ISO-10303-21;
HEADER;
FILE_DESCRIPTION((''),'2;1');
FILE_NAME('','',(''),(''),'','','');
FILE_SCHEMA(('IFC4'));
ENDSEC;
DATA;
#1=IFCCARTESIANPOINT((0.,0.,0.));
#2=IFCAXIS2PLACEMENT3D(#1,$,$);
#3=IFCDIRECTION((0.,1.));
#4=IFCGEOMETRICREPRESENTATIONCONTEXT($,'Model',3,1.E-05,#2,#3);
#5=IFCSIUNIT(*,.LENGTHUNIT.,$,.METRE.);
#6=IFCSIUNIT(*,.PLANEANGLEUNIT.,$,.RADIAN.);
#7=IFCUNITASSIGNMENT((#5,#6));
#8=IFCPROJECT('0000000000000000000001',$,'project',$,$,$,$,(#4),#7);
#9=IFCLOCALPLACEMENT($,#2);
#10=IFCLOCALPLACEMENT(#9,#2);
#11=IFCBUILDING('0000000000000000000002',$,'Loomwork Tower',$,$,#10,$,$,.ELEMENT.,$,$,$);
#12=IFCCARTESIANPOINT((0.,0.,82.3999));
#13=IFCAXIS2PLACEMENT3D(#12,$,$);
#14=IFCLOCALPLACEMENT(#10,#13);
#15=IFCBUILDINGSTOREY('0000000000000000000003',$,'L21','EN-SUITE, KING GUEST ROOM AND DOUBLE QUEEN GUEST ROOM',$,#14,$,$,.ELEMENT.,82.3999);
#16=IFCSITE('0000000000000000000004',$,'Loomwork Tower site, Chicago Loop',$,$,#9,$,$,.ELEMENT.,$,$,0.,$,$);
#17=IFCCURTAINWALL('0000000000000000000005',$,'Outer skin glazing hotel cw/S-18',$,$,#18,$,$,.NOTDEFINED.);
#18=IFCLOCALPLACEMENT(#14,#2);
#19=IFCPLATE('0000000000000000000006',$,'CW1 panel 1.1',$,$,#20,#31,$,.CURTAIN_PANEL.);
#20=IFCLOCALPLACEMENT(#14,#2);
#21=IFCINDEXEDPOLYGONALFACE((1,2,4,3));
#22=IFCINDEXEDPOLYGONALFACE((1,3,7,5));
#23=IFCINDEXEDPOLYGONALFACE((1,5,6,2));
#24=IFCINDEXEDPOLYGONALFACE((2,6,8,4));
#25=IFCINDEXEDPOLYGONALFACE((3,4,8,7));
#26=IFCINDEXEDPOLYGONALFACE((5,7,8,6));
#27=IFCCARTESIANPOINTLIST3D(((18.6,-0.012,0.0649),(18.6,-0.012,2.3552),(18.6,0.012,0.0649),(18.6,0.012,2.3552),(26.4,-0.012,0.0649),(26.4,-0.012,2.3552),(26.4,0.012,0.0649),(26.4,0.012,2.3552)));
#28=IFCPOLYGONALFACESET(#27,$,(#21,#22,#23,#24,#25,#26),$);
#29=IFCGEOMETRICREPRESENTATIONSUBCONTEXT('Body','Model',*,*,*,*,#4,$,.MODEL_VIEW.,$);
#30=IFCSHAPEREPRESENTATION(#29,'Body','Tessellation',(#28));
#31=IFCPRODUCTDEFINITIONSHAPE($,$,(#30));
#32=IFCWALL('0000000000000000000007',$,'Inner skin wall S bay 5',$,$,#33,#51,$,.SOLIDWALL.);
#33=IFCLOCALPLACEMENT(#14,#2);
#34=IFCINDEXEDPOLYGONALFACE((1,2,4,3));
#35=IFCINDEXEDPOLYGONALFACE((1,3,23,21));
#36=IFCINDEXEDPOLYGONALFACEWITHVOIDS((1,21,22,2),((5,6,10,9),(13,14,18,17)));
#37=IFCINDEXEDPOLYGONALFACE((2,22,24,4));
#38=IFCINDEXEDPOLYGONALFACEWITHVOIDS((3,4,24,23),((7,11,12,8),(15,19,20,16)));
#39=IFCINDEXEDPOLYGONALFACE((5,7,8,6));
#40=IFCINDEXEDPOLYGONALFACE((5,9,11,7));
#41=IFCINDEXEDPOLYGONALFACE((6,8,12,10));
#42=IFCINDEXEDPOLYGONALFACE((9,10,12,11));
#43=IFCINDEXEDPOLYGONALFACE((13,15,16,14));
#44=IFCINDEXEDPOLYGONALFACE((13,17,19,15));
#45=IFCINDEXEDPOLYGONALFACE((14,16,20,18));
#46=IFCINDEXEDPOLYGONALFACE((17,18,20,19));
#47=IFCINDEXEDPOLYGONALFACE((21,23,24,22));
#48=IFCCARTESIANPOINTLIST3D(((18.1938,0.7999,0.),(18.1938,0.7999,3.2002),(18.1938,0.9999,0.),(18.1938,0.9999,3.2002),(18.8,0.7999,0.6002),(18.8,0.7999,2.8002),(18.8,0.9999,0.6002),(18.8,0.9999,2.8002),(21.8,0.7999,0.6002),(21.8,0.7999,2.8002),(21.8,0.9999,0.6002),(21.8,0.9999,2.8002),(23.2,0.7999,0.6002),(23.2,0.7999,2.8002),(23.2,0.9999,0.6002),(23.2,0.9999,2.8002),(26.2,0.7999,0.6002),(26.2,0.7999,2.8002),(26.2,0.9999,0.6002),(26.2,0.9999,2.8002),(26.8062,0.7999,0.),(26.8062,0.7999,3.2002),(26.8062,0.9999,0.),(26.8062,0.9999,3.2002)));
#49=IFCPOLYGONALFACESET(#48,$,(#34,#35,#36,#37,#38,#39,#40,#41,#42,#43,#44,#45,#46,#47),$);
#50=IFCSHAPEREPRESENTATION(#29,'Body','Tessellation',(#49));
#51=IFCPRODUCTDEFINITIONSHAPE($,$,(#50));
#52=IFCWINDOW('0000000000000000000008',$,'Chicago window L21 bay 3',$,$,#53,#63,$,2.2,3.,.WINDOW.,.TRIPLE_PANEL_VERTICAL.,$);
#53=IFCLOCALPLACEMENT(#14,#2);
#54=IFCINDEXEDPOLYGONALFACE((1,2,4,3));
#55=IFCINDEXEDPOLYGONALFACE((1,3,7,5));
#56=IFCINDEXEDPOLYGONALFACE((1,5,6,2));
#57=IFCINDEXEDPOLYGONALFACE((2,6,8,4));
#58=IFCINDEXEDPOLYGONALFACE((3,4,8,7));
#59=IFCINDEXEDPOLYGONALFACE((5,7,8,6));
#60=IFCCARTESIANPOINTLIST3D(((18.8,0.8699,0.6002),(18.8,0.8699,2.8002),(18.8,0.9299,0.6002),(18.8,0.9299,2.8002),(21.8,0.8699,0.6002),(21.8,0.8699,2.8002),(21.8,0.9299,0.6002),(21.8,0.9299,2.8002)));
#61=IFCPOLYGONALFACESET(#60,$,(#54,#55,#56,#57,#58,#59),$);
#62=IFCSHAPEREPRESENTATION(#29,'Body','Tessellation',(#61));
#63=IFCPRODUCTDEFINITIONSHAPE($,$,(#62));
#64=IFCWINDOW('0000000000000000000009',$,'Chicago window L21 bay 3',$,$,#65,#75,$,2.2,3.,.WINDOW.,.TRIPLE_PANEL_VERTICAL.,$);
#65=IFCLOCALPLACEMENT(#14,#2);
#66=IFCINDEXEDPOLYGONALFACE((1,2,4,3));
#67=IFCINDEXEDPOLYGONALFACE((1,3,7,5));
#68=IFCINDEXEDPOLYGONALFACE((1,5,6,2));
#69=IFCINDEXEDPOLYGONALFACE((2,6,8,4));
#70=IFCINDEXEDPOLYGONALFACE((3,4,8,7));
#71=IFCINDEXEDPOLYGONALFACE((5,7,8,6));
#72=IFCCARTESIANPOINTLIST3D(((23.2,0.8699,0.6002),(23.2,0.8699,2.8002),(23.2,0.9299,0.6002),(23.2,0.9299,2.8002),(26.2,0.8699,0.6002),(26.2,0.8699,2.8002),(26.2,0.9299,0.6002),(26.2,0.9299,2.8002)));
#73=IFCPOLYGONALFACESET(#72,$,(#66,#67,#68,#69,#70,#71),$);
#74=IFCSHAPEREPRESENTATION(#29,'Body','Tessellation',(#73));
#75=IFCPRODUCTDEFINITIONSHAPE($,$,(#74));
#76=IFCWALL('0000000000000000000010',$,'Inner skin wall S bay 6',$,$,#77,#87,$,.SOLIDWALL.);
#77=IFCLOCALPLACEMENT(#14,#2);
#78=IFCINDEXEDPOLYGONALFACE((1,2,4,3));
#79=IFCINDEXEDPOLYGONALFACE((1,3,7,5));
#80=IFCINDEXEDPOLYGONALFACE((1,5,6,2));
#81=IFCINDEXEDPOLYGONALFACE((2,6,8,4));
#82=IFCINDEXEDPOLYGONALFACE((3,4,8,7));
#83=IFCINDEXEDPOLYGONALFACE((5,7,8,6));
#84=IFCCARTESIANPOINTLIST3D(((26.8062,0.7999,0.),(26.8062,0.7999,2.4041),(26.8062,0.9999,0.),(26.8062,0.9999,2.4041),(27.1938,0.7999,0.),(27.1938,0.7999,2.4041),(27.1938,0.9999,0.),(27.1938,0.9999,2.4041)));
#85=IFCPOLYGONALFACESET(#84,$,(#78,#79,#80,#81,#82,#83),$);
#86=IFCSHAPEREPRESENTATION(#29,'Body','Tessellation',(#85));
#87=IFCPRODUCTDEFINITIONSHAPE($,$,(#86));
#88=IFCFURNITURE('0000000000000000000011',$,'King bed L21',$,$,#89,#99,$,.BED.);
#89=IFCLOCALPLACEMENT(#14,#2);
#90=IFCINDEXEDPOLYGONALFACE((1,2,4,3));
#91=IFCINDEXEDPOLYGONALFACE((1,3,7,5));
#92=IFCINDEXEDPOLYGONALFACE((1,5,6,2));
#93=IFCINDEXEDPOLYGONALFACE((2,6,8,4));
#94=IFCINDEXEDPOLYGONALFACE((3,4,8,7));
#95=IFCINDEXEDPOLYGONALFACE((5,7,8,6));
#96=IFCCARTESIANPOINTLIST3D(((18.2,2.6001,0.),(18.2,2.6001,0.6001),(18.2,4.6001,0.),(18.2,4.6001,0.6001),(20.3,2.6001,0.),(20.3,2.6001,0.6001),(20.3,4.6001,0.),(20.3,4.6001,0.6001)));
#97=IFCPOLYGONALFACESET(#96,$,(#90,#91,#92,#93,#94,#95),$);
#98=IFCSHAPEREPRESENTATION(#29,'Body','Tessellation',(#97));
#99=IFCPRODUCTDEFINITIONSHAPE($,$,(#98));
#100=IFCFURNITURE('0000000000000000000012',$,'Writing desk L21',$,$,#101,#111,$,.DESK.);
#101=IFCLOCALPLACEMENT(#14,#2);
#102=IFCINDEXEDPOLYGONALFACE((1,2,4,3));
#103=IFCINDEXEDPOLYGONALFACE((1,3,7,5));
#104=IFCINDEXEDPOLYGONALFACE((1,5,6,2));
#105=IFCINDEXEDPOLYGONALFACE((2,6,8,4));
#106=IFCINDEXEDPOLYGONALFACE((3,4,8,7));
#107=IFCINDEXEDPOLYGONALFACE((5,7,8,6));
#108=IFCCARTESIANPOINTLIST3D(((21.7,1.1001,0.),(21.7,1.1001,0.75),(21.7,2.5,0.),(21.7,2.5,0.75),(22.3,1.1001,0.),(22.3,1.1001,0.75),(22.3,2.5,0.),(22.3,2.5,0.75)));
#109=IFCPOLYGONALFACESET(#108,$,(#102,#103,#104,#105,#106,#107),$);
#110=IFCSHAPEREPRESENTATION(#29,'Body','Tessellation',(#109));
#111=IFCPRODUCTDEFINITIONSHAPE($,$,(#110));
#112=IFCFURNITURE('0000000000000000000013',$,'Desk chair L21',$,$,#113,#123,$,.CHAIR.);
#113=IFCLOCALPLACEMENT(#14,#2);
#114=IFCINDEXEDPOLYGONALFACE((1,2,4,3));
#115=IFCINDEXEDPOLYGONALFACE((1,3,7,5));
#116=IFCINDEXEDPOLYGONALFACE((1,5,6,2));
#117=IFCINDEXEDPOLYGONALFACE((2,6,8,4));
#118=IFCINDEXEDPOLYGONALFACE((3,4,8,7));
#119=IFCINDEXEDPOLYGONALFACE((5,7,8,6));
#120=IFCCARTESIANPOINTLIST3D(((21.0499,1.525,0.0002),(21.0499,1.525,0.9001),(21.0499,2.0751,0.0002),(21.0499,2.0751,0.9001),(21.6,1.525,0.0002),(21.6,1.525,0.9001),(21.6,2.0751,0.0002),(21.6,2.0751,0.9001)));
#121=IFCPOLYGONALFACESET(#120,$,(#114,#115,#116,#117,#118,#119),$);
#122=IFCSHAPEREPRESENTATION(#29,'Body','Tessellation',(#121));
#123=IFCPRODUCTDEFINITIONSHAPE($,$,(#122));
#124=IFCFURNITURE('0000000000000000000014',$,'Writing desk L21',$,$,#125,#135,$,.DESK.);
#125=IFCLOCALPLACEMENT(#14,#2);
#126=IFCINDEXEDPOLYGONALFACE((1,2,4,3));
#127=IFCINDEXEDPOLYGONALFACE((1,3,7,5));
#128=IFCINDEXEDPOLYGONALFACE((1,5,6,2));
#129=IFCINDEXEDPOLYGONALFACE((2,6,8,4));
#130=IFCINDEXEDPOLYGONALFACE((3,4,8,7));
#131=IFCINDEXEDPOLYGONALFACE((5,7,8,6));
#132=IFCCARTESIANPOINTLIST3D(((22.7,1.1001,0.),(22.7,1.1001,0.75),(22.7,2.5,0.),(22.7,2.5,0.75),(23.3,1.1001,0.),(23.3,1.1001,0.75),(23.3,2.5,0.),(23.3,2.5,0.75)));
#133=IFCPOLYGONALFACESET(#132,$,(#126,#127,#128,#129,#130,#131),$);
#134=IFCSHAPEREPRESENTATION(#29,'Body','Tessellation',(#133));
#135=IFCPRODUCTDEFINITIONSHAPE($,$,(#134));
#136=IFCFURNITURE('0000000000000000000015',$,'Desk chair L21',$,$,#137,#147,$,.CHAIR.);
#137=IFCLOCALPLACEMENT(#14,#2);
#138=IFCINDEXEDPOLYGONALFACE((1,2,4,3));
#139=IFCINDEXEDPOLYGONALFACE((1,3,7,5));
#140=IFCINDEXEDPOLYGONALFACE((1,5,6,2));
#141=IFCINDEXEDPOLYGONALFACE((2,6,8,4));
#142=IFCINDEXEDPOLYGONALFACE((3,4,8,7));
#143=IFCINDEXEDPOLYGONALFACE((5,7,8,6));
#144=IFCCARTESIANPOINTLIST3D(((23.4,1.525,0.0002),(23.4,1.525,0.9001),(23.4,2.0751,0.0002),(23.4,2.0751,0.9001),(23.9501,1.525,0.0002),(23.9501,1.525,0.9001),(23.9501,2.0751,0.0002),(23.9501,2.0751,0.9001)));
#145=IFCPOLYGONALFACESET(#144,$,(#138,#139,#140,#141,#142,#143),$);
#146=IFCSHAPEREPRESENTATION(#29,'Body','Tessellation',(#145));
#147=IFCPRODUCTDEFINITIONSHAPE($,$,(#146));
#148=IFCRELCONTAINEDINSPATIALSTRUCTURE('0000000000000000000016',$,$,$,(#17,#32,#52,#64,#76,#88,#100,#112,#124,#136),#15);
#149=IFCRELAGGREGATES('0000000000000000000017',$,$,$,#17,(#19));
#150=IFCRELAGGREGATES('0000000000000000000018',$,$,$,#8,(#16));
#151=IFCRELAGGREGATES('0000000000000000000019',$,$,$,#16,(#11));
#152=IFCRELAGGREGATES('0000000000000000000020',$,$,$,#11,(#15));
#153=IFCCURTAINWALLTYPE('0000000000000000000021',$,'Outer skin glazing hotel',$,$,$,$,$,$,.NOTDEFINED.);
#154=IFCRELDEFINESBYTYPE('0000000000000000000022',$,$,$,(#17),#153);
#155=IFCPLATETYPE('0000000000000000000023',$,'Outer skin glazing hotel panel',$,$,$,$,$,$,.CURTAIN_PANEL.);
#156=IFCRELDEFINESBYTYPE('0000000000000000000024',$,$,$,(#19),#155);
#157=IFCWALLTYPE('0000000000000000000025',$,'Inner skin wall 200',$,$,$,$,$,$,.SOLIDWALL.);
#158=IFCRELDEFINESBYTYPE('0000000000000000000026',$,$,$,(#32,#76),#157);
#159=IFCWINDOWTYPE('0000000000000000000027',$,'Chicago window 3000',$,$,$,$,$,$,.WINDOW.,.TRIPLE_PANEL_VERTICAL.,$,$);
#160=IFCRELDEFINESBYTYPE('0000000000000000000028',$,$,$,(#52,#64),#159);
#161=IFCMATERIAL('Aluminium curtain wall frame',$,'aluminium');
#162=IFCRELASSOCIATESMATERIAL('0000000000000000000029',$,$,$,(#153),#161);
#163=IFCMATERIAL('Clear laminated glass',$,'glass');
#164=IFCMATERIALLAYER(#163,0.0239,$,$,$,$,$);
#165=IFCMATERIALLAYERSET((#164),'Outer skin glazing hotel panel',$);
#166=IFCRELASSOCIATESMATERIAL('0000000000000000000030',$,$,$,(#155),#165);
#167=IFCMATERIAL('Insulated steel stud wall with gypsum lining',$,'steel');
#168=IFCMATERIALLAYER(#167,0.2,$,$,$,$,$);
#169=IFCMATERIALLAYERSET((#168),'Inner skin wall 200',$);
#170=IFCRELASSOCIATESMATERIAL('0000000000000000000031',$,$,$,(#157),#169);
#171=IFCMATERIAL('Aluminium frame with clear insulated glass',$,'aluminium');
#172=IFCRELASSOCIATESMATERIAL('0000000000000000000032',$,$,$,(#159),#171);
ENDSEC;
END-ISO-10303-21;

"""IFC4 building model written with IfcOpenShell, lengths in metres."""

from ifc_helpers import new_model, si_unit, direction, frame, frame_2d, origin, origin_2d, place, context, subcontext, project, spatial, rectangle, extrude, material, layer, layer_set, type_object, element, fill, aggregate, save


model = new_model("IFC4")

# Units and contexts
model_context = context("Model", 3, precision=1e-05, world=origin(), true_north=direction((0.0, 1.0)))
body_context = subcontext(model_context, "Body", "Model", "MODEL_VIEW")
ifc_project = project(units=[si_unit("LENGTHUNIT", "METRE"), si_unit("PLANEANGLEUNIT", "RADIAN")], contexts=[model_context])

# Site, building, storey
site_placement = place(None, origin())
site = spatial("IfcSite", under=ifc_project, at=site_placement, Name="Loomwork Tower site, Chicago Loop", CompositionType="ELEMENT", RefElevation=0.0)
building_placement = place(site_placement, origin())
building = spatial("IfcBuilding", under=site, at=building_placement, Name="Loomwork Tower", CompositionType="ELEMENT")
storey_placement = place(building_placement, frame((0.0, 0.0, 82.3999)))
storey = spatial("IfcBuildingStorey", under=building, at=storey_placement, Name="L21", Description="EN-SUITE, KING GUEST ROOM AND DOUBLE QUEEN GUEST ROOM", CompositionType="ELEMENT", Elevation=82.3999)

# Curtain wall
ifc_material_1 = material(Name="Aluminium curtain wall frame", Category="aluminium")
curtain_wall_type = type_object("IfcCurtainWallType", Name="Outer skin glazing hotel", PredefinedType="NOTDEFINED", material=ifc_material_1)
curtain_wall_placement = place(storey_placement, origin())
curtain_wall = element("IfcCurtainWall", 1, at=curtain_wall_placement, inside=storey, type_object=curtain_wall_type, Name="Outer skin glazing hotel cw/S-18", PredefinedType="NOTDEFINED")

# Plate
ifc_material_2 = material(Name="Clear laminated glass", Category="glass")
ifc_layer_1 = layer(ifc_material_2, 0.0239)
ifc_layer_set_1 = layer_set([ifc_layer_1], Name="Outer skin glazing hotel panel")
plate_type = type_object("IfcPlateType", Name="Outer skin glazing hotel panel", PredefinedType="CURTAIN_PANEL", material=ifc_layer_set_1)
plate_placement = place(storey_placement, frame((22.5, 0.0, 0.0649), z_axis=(0.0, 0.0, 1.0), x_axis=(1.0, 0.0, 0.0)))
plate = element("IfcPlate", 2, at=plate_placement, type_object=plate_type, Name="CW1 panel 1.1", PredefinedType="CURTAIN_PANEL", context=body_context, shape_type="SweptSolid", body=[
    extrude(rectangle(XDim=7.8, YDim=0.0239, at=origin_2d()), origin(), (0.0, 0.0, 1.0), 2.2903),
])
aggregate(curtain_wall, [plate])

# Wall, openings, windows
ifc_material_3 = material(Name="Insulated steel stud wall with gypsum lining", Category="steel")
ifc_layer_2 = layer(ifc_material_3, 0.2)
ifc_layer_set_2 = layer_set([ifc_layer_2], Name="Inner skin wall 200")
wall_type = type_object("IfcWallType", Name="Inner skin wall 200", PredefinedType="SOLIDWALL", material=ifc_layer_set_2)
wall_1_placement = place(storey_placement, frame((18.1938, 0.8999, 0.0), z_axis=(0.0, 0.0, 1.0), x_axis=(1.0, 0.0, 0.0)))
wall_1 = element("IfcWall", 3, at=wall_1_placement, inside=storey, type_object=wall_type, Name="Inner skin wall S bay 5", PredefinedType="SOLIDWALL", context=body_context, shape_type="SweptSolid", body=[
    extrude(rectangle(XDim=8.6123, YDim=0.2, at=frame_2d((4.3062, 0.0))), origin(), (0.0, 0.0, 1.0), 3.2002),
])
opening_1_placement = place(wall_1_placement, frame((0.6062, 0.0, 0.6001)))
opening_1 = element("IfcOpeningElement", 4, at=opening_1_placement, cuts=wall_1, PredefinedType="OPENING", context=body_context, shape_type="SweptSolid", body=[
    extrude(rectangle(XDim=3.0, YDim=2.2, at=frame_2d((1.5, 1.1001))), frame((0.0, 0.1099, 0.0), z_axis=(0.0, -1.0, 0.0), x_axis=(1.0, 0.0, 0.0)), (0.0, 0.0, 1.0), 0.22),
])
opening_2_placement = place(wall_1_placement, frame((5.0061, 0.0, 0.6001)))
opening_2 = element("IfcOpeningElement", 5, at=opening_2_placement, cuts=wall_1, PredefinedType="OPENING", context=body_context, shape_type="SweptSolid", body=[
    extrude(rectangle(XDim=3.0, YDim=2.2, at=frame_2d((1.5, 1.1001))), frame((0.0, 0.1099, 0.0), z_axis=(0.0, -1.0, 0.0), x_axis=(1.0, 0.0, 0.0)), (0.0, 0.0, 1.0), 0.22),
])
ifc_material_4 = material(Name="Aluminium frame with clear insulated glass", Category="aluminium")
window_type = type_object("IfcWindowType", Name="Chicago window 3000", PartitioningType="TRIPLE_PANEL_VERTICAL", PredefinedType="WINDOW", material=ifc_material_4)
window_1_placement = place(opening_1_placement, origin())
window_1 = element("IfcWindow", 6, at=window_1_placement, inside=storey, type_object=window_type, Name="Chicago window L21 bay 3", OverallHeight=2.2, OverallWidth=3.0, PartitioningType="TRIPLE_PANEL_VERTICAL", PredefinedType="WINDOW", context=body_context, shape_type="SweptSolid", body=[
    extrude(rectangle(XDim=3.0, YDim=2.2, at=frame_2d((1.5, 1.1001))), frame((0.0, 0.03, 0.0), z_axis=(0.0, -1.0, 0.0), x_axis=(1.0, 0.0, 0.0)), (0.0, 0.0, 1.0), 0.0601),
])
fill(opening_1, window_1)
window_2_placement = place(opening_2_placement, origin())
window_2 = element("IfcWindow", 7, at=window_2_placement, inside=storey, type_object=window_type, Name="Chicago window L21 bay 3", OverallHeight=2.2, OverallWidth=3.0, PartitioningType="TRIPLE_PANEL_VERTICAL", PredefinedType="WINDOW", context=body_context, shape_type="SweptSolid", body=[
    extrude(rectangle(XDim=3.0, YDim=2.2, at=frame_2d((1.5, 1.1001))), frame((0.0, 0.03, 0.0), z_axis=(0.0, -1.0, 0.0), x_axis=(1.0, 0.0, 0.0)), (0.0, 0.0, 1.0), 0.0601),
])
fill(opening_2, window_2)

# Wall
wall_2_placement = place(storey_placement, frame((26.8062, 0.8999, 0.0), z_axis=(0.0, 0.0, 1.0), x_axis=(1.0, 0.0, 0.0)))
element("IfcWall", 8, at=wall_2_placement, inside=storey, type_object=wall_type, Name="Inner skin wall S bay 6", PredefinedType="SOLIDWALL", context=body_context, shape_type="SweptSolid", body=[
    extrude(rectangle(XDim=0.3877, YDim=0.2, at=frame_2d((0.1938, 0.0))), origin(), (0.0, 0.0, 1.0), 2.4041),
])

# Furniture
furniture_1_placement = place(storey_placement, frame((19.25, 3.6001, 0.0), z_axis=(0.0, 0.0, 1.0), x_axis=(1.0, 0.0, 0.0)))
element("IfcFurniture", 9, at=furniture_1_placement, inside=storey, Name="King bed L21", PredefinedType="BED", context=body_context, shape_type="SweptSolid", body=[
    extrude(rectangle(XDim=2.1001, YDim=2.0, at=origin_2d()), origin(), (0.0, 0.0, 1.0), 0.6001),
])
furniture_2_placement = place(storey_placement, frame((22.0, 1.8, 0.0), z_axis=(0.0, 0.0, 1.0), x_axis=(1.0, 0.0, 0.0)))
element("IfcFurniture", 10, at=furniture_2_placement, inside=storey, Name="Writing desk L21", PredefinedType="DESK", context=body_context, shape_type="SweptSolid", body=[
    extrude(rectangle(XDim=0.6001, YDim=1.3999, at=origin_2d()), origin(), (0.0, 0.0, 1.0), 0.75),
])
furniture_3_placement = place(storey_placement, frame((21.325, 1.8, 0.0002), z_axis=(0.0, 0.0, 1.0), x_axis=(1.0, 0.0, 0.0)))
element("IfcFurniture", 11, at=furniture_3_placement, inside=storey, Name="Desk chair L21", PredefinedType="CHAIR", context=body_context, shape_type="SweptSolid", body=[
    extrude(rectangle(XDim=0.55, YDim=0.55, at=origin_2d()), origin(), (0.0, 0.0, 1.0), 0.8999),
])
furniture_4_placement = place(storey_placement, frame((23.0, 1.8, 0.0), z_axis=(0.0, 0.0, 1.0), x_axis=(1.0, 0.0, 0.0)))
element("IfcFurniture", 12, at=furniture_4_placement, inside=storey, Name="Writing desk L21", PredefinedType="DESK", context=body_context, shape_type="SweptSolid", body=[
    extrude(rectangle(XDim=0.6001, YDim=1.3999, at=origin_2d()), origin(), (0.0, 0.0, 1.0), 0.75),
])
furniture_5_placement = place(storey_placement, frame((23.675, 1.8, 0.0002), z_axis=(0.0, 0.0, 1.0), x_axis=(1.0, 0.0, 0.0)))
element("IfcFurniture", 13, at=furniture_5_placement, inside=storey, Name="Desk chair L21", PredefinedType="CHAIR", context=body_context, shape_type="SweptSolid", body=[
    extrude(rectangle(XDim=0.55, YDim=0.55, at=origin_2d()), origin(), (0.0, 0.0, 1.0), 0.8999),
])

save(model, "model.ifc")
